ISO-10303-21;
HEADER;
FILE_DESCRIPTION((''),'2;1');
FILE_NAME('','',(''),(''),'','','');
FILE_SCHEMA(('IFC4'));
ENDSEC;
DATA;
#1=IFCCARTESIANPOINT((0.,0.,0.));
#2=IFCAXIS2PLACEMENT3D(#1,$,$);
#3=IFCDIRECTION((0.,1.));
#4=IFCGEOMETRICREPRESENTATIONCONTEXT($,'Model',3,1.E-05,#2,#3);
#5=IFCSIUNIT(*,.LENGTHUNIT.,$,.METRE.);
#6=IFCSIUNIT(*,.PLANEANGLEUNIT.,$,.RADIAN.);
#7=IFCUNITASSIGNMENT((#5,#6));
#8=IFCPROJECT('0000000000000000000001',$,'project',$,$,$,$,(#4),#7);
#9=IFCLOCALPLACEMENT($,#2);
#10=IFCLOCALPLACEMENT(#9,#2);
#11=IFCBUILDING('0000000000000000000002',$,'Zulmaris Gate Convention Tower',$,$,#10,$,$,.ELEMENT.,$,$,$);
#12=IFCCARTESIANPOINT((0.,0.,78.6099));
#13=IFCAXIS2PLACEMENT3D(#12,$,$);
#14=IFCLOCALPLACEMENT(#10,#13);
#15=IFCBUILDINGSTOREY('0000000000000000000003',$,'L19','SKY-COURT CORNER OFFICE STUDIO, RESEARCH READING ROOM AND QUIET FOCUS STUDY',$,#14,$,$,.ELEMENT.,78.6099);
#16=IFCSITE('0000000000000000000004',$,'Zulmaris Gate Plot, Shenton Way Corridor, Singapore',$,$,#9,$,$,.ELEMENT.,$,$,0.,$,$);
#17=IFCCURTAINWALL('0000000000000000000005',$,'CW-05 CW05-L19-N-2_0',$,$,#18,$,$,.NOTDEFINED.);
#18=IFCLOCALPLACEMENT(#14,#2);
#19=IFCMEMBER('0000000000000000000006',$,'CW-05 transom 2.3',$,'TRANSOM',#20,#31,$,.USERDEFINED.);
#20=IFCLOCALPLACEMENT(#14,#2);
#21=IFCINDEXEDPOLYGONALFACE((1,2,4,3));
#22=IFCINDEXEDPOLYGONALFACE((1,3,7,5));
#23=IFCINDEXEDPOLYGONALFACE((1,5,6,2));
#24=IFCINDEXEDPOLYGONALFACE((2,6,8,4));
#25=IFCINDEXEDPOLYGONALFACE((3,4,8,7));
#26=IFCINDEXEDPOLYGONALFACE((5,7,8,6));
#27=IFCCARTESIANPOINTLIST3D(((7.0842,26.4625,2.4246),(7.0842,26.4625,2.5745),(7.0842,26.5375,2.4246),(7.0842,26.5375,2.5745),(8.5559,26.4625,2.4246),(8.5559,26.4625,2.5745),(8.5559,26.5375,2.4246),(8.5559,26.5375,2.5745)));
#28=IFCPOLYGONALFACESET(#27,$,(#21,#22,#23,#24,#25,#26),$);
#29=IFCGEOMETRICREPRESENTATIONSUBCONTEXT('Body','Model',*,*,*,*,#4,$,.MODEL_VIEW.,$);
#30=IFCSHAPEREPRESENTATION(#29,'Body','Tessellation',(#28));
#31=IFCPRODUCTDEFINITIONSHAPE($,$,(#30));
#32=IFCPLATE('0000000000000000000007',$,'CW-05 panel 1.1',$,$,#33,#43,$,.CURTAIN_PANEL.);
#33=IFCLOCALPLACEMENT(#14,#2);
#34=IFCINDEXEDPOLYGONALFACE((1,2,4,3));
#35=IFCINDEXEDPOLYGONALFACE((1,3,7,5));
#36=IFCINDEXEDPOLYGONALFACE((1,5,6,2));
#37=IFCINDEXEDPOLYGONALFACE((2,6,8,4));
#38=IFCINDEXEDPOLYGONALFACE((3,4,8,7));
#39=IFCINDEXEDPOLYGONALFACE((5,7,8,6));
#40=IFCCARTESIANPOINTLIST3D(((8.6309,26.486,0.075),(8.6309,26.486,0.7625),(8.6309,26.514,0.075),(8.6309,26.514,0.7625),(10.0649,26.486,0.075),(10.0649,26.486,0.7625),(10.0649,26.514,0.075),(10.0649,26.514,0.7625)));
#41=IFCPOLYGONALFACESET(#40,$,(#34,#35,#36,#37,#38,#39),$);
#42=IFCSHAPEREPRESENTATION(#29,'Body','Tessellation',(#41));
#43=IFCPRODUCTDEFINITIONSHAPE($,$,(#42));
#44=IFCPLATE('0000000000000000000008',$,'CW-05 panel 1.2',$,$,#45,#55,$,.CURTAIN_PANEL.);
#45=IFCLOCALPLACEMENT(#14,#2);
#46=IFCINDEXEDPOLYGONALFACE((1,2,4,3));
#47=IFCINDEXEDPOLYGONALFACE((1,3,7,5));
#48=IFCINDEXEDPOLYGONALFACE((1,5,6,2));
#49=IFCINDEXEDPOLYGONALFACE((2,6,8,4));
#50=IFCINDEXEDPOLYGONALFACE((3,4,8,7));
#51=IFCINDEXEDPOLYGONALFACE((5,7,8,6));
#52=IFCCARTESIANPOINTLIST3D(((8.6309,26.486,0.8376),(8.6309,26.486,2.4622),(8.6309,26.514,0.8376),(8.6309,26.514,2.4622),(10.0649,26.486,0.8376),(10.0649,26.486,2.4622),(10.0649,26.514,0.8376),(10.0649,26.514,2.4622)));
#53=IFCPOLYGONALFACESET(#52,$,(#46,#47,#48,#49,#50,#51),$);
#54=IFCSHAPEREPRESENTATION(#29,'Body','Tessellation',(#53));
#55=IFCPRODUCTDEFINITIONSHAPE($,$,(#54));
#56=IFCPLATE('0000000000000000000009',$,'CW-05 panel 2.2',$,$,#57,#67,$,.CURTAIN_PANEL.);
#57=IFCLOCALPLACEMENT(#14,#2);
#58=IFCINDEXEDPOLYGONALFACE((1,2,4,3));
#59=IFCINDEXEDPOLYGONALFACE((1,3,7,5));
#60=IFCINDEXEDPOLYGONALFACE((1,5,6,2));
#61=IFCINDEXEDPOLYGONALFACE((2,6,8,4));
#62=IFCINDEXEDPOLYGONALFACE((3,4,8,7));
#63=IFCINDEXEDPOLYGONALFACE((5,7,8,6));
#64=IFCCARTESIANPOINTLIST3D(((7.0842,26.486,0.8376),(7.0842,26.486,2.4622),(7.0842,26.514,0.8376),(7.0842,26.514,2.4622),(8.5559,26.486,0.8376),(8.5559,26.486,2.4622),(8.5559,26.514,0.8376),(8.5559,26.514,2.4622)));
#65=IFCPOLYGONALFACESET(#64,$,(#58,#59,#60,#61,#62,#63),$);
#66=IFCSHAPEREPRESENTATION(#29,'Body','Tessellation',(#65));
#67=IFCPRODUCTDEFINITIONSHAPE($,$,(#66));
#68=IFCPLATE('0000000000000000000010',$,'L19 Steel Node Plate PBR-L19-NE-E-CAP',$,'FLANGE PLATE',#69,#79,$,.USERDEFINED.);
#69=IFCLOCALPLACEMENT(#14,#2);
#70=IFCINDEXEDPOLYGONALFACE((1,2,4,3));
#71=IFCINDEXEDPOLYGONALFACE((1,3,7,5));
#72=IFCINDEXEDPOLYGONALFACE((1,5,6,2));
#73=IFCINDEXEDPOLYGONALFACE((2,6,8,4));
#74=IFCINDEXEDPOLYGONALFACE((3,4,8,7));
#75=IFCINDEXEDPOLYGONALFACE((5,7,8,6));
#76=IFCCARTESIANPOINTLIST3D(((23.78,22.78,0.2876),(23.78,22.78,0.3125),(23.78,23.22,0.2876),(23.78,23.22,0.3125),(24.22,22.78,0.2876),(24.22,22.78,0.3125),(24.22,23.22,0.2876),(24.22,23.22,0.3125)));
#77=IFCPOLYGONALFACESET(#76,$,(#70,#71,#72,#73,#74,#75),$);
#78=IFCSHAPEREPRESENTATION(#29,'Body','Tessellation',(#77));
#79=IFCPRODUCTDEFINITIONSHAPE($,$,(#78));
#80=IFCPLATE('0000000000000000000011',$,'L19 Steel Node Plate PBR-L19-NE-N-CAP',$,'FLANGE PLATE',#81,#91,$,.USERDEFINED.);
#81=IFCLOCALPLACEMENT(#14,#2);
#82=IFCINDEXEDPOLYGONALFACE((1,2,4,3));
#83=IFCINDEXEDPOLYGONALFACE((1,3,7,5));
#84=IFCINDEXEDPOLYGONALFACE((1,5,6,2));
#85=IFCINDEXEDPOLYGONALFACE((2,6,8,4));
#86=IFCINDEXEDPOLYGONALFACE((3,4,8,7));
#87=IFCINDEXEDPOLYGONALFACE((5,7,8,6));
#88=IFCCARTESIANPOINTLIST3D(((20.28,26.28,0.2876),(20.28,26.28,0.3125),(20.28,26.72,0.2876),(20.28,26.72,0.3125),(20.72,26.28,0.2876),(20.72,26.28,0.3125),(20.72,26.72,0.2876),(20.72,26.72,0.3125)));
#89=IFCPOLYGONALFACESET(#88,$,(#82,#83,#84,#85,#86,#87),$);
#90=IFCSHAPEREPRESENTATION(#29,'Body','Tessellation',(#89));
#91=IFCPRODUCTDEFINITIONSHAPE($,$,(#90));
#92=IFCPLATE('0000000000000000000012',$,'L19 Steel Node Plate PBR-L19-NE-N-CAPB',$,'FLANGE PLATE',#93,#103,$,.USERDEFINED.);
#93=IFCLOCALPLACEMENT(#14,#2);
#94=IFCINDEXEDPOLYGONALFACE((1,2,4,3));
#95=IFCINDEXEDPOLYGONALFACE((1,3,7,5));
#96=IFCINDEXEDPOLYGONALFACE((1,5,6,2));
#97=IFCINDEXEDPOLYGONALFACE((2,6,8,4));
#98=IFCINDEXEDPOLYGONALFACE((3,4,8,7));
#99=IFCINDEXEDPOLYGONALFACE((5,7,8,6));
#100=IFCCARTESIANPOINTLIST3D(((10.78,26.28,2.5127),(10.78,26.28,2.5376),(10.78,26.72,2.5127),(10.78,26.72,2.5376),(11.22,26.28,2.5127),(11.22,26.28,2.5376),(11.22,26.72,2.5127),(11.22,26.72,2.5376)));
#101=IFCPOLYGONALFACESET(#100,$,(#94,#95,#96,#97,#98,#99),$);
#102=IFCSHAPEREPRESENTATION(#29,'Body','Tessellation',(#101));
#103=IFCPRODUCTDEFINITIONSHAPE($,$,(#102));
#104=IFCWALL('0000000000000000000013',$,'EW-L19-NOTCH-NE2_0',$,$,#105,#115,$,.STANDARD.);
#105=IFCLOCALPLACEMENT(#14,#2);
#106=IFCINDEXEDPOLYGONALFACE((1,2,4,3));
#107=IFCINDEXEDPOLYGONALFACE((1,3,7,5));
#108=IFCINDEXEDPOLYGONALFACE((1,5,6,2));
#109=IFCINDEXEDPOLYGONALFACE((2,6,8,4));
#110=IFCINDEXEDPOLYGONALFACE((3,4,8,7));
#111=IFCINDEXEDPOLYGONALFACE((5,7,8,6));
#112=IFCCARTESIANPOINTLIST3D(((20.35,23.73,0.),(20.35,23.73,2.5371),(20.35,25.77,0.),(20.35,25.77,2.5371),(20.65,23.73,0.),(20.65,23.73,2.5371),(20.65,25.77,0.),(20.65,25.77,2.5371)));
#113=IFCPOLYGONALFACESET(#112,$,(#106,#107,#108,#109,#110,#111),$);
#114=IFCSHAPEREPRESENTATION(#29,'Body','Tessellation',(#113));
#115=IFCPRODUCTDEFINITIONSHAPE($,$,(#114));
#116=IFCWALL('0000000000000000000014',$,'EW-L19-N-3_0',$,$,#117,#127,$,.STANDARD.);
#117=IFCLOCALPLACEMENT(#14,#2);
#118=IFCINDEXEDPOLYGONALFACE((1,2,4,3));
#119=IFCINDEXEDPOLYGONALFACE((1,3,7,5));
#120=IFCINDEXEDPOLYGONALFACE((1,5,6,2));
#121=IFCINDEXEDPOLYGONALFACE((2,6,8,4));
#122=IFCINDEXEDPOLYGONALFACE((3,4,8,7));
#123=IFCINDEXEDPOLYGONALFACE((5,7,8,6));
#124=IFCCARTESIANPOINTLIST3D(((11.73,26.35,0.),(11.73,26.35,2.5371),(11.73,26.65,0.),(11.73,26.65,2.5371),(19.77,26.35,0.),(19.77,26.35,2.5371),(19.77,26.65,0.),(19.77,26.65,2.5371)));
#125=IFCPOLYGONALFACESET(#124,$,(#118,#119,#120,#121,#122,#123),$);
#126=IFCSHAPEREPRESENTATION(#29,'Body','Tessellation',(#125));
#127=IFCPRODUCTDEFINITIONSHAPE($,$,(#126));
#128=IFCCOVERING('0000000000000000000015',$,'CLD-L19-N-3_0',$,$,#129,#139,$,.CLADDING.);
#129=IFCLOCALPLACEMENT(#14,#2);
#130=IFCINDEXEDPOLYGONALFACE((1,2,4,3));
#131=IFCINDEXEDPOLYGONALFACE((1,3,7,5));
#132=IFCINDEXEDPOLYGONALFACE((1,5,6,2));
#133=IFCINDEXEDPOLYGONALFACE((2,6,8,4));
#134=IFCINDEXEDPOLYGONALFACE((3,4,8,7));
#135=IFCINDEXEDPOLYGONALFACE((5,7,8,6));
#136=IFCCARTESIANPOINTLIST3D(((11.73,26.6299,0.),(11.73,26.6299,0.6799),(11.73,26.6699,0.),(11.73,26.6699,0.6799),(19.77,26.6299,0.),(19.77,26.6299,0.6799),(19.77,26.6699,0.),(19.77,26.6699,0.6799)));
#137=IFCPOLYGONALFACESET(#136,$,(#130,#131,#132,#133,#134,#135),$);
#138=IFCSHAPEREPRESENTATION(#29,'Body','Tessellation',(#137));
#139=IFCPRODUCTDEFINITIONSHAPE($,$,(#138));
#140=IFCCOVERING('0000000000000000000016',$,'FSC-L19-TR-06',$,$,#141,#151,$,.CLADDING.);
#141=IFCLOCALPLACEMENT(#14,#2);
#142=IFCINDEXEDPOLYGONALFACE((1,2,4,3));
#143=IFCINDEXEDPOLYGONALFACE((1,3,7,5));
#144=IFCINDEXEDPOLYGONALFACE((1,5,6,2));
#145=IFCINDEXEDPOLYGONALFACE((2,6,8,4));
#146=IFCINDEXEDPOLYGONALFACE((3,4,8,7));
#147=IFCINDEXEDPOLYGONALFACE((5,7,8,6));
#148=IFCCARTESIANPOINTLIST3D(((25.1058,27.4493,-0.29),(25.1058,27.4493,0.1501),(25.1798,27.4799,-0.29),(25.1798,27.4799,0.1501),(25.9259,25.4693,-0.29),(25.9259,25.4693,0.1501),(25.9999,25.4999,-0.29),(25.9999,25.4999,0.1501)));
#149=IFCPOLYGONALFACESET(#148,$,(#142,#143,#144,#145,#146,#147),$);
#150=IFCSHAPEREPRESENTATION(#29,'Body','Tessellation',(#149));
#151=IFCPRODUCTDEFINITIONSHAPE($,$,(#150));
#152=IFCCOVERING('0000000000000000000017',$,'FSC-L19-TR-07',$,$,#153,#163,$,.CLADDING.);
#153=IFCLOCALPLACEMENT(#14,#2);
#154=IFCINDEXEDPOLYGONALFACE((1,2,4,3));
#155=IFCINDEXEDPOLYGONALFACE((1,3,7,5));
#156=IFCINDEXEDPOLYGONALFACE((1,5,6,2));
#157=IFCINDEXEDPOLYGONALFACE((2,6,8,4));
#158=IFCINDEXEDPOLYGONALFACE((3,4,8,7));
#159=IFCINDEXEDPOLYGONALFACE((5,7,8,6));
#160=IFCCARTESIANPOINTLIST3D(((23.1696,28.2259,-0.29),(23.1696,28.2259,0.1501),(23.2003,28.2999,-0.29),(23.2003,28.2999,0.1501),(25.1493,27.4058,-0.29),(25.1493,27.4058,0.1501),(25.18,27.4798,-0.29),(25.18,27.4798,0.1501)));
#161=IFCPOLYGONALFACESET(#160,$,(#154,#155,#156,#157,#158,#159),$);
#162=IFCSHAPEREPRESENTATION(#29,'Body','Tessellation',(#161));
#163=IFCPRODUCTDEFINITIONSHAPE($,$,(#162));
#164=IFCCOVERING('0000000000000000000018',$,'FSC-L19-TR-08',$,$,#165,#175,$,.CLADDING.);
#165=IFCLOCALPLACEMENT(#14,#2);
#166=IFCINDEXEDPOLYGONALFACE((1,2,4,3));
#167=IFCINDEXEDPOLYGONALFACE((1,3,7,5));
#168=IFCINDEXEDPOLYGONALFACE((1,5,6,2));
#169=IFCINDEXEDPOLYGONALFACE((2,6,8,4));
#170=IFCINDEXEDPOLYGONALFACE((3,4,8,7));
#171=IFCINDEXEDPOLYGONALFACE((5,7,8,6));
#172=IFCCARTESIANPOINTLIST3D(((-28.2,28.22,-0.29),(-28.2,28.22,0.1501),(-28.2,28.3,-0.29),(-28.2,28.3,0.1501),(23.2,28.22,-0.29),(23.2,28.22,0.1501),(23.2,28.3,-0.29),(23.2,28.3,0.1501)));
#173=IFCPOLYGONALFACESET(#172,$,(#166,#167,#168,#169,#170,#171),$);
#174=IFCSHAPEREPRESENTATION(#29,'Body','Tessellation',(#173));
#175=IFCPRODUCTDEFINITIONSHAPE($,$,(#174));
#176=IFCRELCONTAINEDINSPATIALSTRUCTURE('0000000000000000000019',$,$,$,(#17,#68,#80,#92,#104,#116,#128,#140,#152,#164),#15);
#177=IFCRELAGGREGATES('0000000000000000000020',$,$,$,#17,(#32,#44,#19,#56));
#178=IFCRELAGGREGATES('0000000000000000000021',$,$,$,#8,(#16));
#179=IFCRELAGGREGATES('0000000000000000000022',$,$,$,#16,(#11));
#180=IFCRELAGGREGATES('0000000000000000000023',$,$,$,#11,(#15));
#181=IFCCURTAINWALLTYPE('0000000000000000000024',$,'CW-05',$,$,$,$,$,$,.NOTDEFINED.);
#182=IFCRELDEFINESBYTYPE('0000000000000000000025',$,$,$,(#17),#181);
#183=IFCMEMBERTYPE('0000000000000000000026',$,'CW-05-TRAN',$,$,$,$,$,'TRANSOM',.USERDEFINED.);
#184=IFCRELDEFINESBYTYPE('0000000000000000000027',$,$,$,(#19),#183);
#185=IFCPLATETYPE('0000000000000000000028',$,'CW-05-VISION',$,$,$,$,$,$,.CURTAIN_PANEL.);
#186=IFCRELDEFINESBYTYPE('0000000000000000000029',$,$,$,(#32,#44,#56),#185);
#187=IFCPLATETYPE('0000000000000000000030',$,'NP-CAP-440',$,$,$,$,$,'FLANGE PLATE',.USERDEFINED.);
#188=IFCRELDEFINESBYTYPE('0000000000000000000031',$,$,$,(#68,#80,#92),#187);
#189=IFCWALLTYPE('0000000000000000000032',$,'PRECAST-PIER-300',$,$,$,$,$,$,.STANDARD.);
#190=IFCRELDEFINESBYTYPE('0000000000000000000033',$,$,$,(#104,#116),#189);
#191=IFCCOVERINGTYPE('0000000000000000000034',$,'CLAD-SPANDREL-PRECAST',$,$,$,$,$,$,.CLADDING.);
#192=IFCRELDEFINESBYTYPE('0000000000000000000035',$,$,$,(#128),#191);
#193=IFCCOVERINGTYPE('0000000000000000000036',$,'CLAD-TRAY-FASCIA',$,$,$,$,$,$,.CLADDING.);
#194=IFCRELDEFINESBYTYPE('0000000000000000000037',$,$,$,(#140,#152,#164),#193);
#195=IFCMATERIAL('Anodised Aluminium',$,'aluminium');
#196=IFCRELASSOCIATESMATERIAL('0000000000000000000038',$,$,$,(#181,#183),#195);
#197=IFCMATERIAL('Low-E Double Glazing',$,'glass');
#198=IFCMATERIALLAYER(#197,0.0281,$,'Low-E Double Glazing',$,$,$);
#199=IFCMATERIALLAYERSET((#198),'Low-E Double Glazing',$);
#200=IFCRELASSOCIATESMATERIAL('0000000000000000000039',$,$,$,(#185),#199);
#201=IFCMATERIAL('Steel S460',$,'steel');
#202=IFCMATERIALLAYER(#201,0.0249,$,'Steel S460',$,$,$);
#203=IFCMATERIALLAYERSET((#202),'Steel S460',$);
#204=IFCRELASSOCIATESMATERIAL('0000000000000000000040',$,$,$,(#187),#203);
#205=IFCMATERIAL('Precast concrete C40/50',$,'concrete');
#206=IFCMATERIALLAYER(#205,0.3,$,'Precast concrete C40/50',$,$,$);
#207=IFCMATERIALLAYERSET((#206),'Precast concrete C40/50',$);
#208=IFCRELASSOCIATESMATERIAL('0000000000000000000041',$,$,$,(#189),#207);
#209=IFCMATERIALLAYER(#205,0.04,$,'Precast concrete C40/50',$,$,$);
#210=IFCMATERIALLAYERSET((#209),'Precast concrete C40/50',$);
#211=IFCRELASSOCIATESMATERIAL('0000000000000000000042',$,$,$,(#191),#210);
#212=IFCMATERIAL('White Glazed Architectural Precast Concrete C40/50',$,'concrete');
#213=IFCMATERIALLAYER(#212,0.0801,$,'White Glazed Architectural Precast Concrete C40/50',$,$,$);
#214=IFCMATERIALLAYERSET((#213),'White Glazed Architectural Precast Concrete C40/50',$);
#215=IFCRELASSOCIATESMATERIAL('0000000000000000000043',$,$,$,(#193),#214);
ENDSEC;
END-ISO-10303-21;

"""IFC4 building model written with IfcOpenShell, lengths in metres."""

from ifc_helpers import new_model, si_unit, direction, frame, frame_2d, origin, origin_2d, place, context, subcontext, project, spatial, rectangle, extrude, material, layer, layer_set, material_profile, profile_set, type_object, element, aggregate, save


model = new_model("IFC4")

# Units and contexts
model_context = context("Model", 3, precision=1e-05, world=origin(), true_north=direction((0.0, 1.0)))
body_context = subcontext(model_context, "Body", "Model", "MODEL_VIEW")
ifc_project = project(units=[si_unit("LENGTHUNIT", "METRE"), si_unit("PLANEANGLEUNIT", "RADIAN")], contexts=[model_context])

# Site, building, storey
site_placement = place(None, origin())
site = spatial("IfcSite", under=ifc_project, at=site_placement, Name="Zulmaris Gate Plot, Shenton Way Corridor, Singapore", CompositionType="ELEMENT", RefElevation=0.0)
building_placement = place(site_placement, origin())
building = spatial("IfcBuilding", under=site, at=building_placement, Name="Zulmaris Gate Convention Tower", CompositionType="ELEMENT")
storey_placement = place(building_placement, frame((0.0, 0.0, 78.6099)))
storey = spatial("IfcBuildingStorey", under=building, at=storey_placement, Name="L19", Description="SKY-COURT CORNER OFFICE STUDIO, RESEARCH READING ROOM AND QUIET FOCUS STUDY", CompositionType="ELEMENT", Elevation=78.6099)

# Shared definitions
ifc_material_1 = material(Name="Steel S460", Category="steel")

# Curtain wall, member, plates
ifc_material_2 = material(Name="Anodised Aluminium", Category="aluminium")
curtain_wall_type = type_object("IfcCurtainWallType", Name="CW-05", PredefinedType="NOTDEFINED", material=ifc_material_2)
curtain_wall_placement = place(storey_placement, origin())
curtain_wall = element("IfcCurtainWall", 1, at=curtain_wall_placement, inside=storey, type_object=curtain_wall_type, Name="CW-05 CW05-L19-N-2_0", PredefinedType="NOTDEFINED")
ifc_material_profile_1 = material_profile(ifc_material_2, rectangle(XDim=0.075, YDim=0.1499, at=origin_2d()), Name="ALU TRANSOM 75x150")
ifc_profile_set_1 = profile_set([ifc_material_profile_1], Name="Anodised Aluminium")
member_type_1 = type_object("IfcMemberType", Name="CW-05-TRAN", ElementType="TRANSOM", PredefinedType="USERDEFINED", material=ifc_profile_set_1)
member_1_placement = place(storey_placement, frame((8.5559, 26.5, 2.4995), z_axis=(-1.0, 0.0, 0.0), x_axis=(0.0, -1.0, 0.0)))
member_1 = element("IfcMember", 2, at=member_1_placement, type_object=member_type_1, Name="CW-05 transom 2.3", ObjectType="TRANSOM", PredefinedType="USERDEFINED", context=body_context, shape_type="SweptSolid", body=[
    extrude(rectangle(XDim=0.075, YDim=0.1499, at=origin_2d()), origin(), (0.0, 0.0, 1.0), 1.4717),
])
ifc_material_3 = material(Name="Low-E Double Glazing", Category="glass")
ifc_layer_1 = layer(ifc_material_3, 0.0281, Name="Low-E Double Glazing")
ifc_layer_set_1 = layer_set([ifc_layer_1], Name="Low-E Double Glazing")
plate_type_1 = type_object("IfcPlateType", Name="CW-05-VISION", PredefinedType="CURTAIN_PANEL", material=ifc_layer_set_1)
plate_1_placement = place(storey_placement, frame((9.3479, 26.5, 0.075), z_axis=(0.0, 0.0, 1.0), x_axis=(-1.0, 0.0, 0.0)))
plate_1 = element("IfcPlate", 3, at=plate_1_placement, type_object=plate_type_1, Name="CW-05 panel 1.1", PredefinedType="CURTAIN_PANEL", context=body_context, shape_type="SweptSolid", body=[
    extrude(rectangle(XDim=1.4341, YDim=0.0281, at=origin_2d()), origin(), (0.0, 0.0, 1.0), 0.6875),
])
plate_2_placement = place(storey_placement, frame((9.3479, 26.5, 0.8376), z_axis=(0.0, 0.0, 1.0), x_axis=(-1.0, 0.0, 0.0)))
plate_2 = element("IfcPlate", 4, at=plate_2_placement, type_object=plate_type_1, Name="CW-05 panel 1.2", PredefinedType="CURTAIN_PANEL", context=body_context, shape_type="SweptSolid", body=[
    extrude(rectangle(XDim=1.4341, YDim=0.0281, at=origin_2d()), origin(), (0.0, 0.0, 1.0), 1.6245),
])
plate_3_placement = place(storey_placement, frame((7.8201, 26.5, 0.8376), z_axis=(0.0, 0.0, 1.0), x_axis=(-1.0, 0.0, 0.0)))
plate_3 = element("IfcPlate", 5, at=plate_3_placement, type_object=plate_type_1, Name="CW-05 panel 2.2", PredefinedType="CURTAIN_PANEL", context=body_context, shape_type="SweptSolid", body=[
    extrude(rectangle(XDim=1.4717, YDim=0.0281, at=origin_2d()), origin(), (0.0, 0.0, 1.0), 1.6245),
])
aggregate(curtain_wall, [plate_1, plate_2, member_1, plate_3])

# Plates
ifc_layer_2 = layer(ifc_material_1, 0.0249, Name="Steel S460")
ifc_layer_set_2 = layer_set([ifc_layer_2], Name="Steel S460")
plate_type_2 = type_object("IfcPlateType", Name="NP-CAP-440", ElementType="FLANGE PLATE", PredefinedType="USERDEFINED", material=ifc_layer_set_2)
for number, where, z_axis, x_axis, name in (
    (6, (24.0, 23.0, 0.2876), (0.0, 0.0, 1.0), (1.0, 0.0, 0.0), "L19 Steel Node Plate PBR-L19-NE-E-CAP"),
    (7, (20.5, 26.5, 0.2876), (0.0, 0.0, 1.0), (1.0, 0.0, 0.0), "L19 Steel Node Plate PBR-L19-NE-N-CAP"),
    (8, (11.0, 26.5, 2.5127), (0.0, 0.0, 1.0), (1.0, 0.0, 0.0), "L19 Steel Node Plate PBR-L19-NE-N-CAPB"),
):
    element("IfcPlate", number, at=place(storey_placement, frame(where, z_axis=z_axis, x_axis=x_axis)), inside=storey, type_object=plate_type_2, Name=name, ObjectType="FLANGE PLATE", PredefinedType="USERDEFINED", context=body_context, shape_type="SweptSolid", body=[
        extrude(rectangle(XDim=0.4399, YDim=0.4399, at=origin_2d()), origin(), (0.0, 0.0, 1.0), 0.0249),
    ])

# Walls
ifc_material_4 = material(Name="Precast concrete C40/50", Category="concrete")
ifc_layer_3 = layer(ifc_material_4, 0.3, Name="Precast concrete C40/50")
ifc_layer_set_3 = layer_set([ifc_layer_3], Name="Precast concrete C40/50")
wall_type = type_object("IfcWallType", Name="PRECAST-PIER-300", PredefinedType="STANDARD", material=ifc_layer_set_3)
wall_1_placement = place(storey_placement, frame((20.5, 23.73, 0.0), z_axis=(0.0, 0.0, 1.0), x_axis=(0.0, 1.0, 0.0)))
element("IfcWall", 9, at=wall_1_placement, inside=storey, type_object=wall_type, Name="EW-L19-NOTCH-NE2_0", PredefinedType="STANDARD", context=body_context, shape_type="SweptSolid", body=[
    extrude(rectangle(XDim=2.04, YDim=0.3, at=frame_2d((1.02, 0.0))), origin(), (0.0, 0.0, 1.0), 2.5371),
])
wall_2_placement = place(storey_placement, frame((19.77, 26.5, 0.0), z_axis=(0.0, 0.0, 1.0), x_axis=(-1.0, 0.0, 0.0)))
element("IfcWall", 10, at=wall_2_placement, inside=storey, type_object=wall_type, Name="EW-L19-N-3_0", PredefinedType="STANDARD", context=body_context, shape_type="SweptSolid", body=[
    extrude(rectangle(XDim=8.04, YDim=0.3, at=frame_2d((4.02, 0.0))), origin(), (0.0, 0.0, 1.0), 2.5371),
])

# Coverings
ifc_layer_4 = layer(ifc_material_4, 0.04, Name="Precast concrete C40/50")
ifc_layer_set_4 = layer_set([ifc_layer_4], Name="Precast concrete C40/50")
covering_type_1 = type_object("IfcCoveringType", Name="CLAD-SPANDREL-PRECAST", PredefinedType="CLADDING", material=ifc_layer_set_4)
covering_1_placement = place(storey_placement, frame((19.77, 26.6499, 0.0), z_axis=(0.0, 0.0, 1.0), x_axis=(-1.0, 0.0, 0.0)))
element("IfcCovering", 11, at=covering_1_placement, inside=storey, type_object=covering_type_1, Name="CLD-L19-N-3_0", PredefinedType="CLADDING", context=body_context, shape_type="SweptSolid", body=[
    extrude(rectangle(XDim=8.04, YDim=0.04, at=frame_2d((4.02, 0.0))), origin(), (0.0, 0.0, 1.0), 0.6799),
])
ifc_material_5 = material(Name="White Glazed Architectural Precast Concrete C40/50", Category="concrete")
ifc_layer_5 = layer(ifc_material_5, 0.0801, Name="White Glazed Architectural Precast Concrete C40/50")
ifc_layer_set_5 = layer_set([ifc_layer_5], Name="White Glazed Architectural Precast Concrete C40/50")
covering_type_2 = type_object("IfcCoveringType", Name="CLAD-TRAY-FASCIA", PredefinedType="CLADDING", material=ifc_layer_set_5)
covering_2_placement = place(storey_placement, frame((25.9629, 25.4846, -0.29), z_axis=(0.0, 0.0, 1.0), x_axis=(-0.382657, 0.92389, 0.0)))
element("IfcCovering", 12, at=covering_2_placement, inside=storey, type_object=covering_type_2, Name="FSC-L19-TR-06", PredefinedType="CLADDING", context=body_context, shape_type="SweptSolid", body=[
    extrude(rectangle(XDim=2.1431, YDim=0.0801, at=frame_2d((1.0715, 0.0))), origin(), (0.0, 0.0, 1.0), 0.4402),
])
covering_3_placement = place(storey_placement, frame((25.1646, 27.4429, -0.29), z_axis=(0.0, 0.0, 1.0), x_axis=(-0.923874, 0.382697, 0.0)))
element("IfcCovering", 13, at=covering_3_placement, inside=storey, type_object=covering_type_2, Name="FSC-L19-TR-07", PredefinedType="CLADDING", context=body_context, shape_type="SweptSolid", body=[
    extrude(rectangle(XDim=2.1428, YDim=0.0801, at=frame_2d((1.0713, 0.0))), origin(), (0.0, 0.0, 1.0), 0.4402),
])
covering_4_placement = place(storey_placement, frame((23.2, 28.26, -0.29), z_axis=(0.0, 0.0, 1.0), x_axis=(-1.0, 0.0, 0.0)))
element("IfcCovering", 14, at=covering_4_placement, inside=storey, type_object=covering_type_2, Name="FSC-L19-TR-08", PredefinedType="CLADDING", context=body_context, shape_type="SweptSolid", body=[
    extrude(rectangle(XDim=51.3999, YDim=0.0801, at=frame_2d((25.7, 0.0))), origin(), (0.0, 0.0, 1.0), 0.4402),
])

save(model, "model.ifc")
